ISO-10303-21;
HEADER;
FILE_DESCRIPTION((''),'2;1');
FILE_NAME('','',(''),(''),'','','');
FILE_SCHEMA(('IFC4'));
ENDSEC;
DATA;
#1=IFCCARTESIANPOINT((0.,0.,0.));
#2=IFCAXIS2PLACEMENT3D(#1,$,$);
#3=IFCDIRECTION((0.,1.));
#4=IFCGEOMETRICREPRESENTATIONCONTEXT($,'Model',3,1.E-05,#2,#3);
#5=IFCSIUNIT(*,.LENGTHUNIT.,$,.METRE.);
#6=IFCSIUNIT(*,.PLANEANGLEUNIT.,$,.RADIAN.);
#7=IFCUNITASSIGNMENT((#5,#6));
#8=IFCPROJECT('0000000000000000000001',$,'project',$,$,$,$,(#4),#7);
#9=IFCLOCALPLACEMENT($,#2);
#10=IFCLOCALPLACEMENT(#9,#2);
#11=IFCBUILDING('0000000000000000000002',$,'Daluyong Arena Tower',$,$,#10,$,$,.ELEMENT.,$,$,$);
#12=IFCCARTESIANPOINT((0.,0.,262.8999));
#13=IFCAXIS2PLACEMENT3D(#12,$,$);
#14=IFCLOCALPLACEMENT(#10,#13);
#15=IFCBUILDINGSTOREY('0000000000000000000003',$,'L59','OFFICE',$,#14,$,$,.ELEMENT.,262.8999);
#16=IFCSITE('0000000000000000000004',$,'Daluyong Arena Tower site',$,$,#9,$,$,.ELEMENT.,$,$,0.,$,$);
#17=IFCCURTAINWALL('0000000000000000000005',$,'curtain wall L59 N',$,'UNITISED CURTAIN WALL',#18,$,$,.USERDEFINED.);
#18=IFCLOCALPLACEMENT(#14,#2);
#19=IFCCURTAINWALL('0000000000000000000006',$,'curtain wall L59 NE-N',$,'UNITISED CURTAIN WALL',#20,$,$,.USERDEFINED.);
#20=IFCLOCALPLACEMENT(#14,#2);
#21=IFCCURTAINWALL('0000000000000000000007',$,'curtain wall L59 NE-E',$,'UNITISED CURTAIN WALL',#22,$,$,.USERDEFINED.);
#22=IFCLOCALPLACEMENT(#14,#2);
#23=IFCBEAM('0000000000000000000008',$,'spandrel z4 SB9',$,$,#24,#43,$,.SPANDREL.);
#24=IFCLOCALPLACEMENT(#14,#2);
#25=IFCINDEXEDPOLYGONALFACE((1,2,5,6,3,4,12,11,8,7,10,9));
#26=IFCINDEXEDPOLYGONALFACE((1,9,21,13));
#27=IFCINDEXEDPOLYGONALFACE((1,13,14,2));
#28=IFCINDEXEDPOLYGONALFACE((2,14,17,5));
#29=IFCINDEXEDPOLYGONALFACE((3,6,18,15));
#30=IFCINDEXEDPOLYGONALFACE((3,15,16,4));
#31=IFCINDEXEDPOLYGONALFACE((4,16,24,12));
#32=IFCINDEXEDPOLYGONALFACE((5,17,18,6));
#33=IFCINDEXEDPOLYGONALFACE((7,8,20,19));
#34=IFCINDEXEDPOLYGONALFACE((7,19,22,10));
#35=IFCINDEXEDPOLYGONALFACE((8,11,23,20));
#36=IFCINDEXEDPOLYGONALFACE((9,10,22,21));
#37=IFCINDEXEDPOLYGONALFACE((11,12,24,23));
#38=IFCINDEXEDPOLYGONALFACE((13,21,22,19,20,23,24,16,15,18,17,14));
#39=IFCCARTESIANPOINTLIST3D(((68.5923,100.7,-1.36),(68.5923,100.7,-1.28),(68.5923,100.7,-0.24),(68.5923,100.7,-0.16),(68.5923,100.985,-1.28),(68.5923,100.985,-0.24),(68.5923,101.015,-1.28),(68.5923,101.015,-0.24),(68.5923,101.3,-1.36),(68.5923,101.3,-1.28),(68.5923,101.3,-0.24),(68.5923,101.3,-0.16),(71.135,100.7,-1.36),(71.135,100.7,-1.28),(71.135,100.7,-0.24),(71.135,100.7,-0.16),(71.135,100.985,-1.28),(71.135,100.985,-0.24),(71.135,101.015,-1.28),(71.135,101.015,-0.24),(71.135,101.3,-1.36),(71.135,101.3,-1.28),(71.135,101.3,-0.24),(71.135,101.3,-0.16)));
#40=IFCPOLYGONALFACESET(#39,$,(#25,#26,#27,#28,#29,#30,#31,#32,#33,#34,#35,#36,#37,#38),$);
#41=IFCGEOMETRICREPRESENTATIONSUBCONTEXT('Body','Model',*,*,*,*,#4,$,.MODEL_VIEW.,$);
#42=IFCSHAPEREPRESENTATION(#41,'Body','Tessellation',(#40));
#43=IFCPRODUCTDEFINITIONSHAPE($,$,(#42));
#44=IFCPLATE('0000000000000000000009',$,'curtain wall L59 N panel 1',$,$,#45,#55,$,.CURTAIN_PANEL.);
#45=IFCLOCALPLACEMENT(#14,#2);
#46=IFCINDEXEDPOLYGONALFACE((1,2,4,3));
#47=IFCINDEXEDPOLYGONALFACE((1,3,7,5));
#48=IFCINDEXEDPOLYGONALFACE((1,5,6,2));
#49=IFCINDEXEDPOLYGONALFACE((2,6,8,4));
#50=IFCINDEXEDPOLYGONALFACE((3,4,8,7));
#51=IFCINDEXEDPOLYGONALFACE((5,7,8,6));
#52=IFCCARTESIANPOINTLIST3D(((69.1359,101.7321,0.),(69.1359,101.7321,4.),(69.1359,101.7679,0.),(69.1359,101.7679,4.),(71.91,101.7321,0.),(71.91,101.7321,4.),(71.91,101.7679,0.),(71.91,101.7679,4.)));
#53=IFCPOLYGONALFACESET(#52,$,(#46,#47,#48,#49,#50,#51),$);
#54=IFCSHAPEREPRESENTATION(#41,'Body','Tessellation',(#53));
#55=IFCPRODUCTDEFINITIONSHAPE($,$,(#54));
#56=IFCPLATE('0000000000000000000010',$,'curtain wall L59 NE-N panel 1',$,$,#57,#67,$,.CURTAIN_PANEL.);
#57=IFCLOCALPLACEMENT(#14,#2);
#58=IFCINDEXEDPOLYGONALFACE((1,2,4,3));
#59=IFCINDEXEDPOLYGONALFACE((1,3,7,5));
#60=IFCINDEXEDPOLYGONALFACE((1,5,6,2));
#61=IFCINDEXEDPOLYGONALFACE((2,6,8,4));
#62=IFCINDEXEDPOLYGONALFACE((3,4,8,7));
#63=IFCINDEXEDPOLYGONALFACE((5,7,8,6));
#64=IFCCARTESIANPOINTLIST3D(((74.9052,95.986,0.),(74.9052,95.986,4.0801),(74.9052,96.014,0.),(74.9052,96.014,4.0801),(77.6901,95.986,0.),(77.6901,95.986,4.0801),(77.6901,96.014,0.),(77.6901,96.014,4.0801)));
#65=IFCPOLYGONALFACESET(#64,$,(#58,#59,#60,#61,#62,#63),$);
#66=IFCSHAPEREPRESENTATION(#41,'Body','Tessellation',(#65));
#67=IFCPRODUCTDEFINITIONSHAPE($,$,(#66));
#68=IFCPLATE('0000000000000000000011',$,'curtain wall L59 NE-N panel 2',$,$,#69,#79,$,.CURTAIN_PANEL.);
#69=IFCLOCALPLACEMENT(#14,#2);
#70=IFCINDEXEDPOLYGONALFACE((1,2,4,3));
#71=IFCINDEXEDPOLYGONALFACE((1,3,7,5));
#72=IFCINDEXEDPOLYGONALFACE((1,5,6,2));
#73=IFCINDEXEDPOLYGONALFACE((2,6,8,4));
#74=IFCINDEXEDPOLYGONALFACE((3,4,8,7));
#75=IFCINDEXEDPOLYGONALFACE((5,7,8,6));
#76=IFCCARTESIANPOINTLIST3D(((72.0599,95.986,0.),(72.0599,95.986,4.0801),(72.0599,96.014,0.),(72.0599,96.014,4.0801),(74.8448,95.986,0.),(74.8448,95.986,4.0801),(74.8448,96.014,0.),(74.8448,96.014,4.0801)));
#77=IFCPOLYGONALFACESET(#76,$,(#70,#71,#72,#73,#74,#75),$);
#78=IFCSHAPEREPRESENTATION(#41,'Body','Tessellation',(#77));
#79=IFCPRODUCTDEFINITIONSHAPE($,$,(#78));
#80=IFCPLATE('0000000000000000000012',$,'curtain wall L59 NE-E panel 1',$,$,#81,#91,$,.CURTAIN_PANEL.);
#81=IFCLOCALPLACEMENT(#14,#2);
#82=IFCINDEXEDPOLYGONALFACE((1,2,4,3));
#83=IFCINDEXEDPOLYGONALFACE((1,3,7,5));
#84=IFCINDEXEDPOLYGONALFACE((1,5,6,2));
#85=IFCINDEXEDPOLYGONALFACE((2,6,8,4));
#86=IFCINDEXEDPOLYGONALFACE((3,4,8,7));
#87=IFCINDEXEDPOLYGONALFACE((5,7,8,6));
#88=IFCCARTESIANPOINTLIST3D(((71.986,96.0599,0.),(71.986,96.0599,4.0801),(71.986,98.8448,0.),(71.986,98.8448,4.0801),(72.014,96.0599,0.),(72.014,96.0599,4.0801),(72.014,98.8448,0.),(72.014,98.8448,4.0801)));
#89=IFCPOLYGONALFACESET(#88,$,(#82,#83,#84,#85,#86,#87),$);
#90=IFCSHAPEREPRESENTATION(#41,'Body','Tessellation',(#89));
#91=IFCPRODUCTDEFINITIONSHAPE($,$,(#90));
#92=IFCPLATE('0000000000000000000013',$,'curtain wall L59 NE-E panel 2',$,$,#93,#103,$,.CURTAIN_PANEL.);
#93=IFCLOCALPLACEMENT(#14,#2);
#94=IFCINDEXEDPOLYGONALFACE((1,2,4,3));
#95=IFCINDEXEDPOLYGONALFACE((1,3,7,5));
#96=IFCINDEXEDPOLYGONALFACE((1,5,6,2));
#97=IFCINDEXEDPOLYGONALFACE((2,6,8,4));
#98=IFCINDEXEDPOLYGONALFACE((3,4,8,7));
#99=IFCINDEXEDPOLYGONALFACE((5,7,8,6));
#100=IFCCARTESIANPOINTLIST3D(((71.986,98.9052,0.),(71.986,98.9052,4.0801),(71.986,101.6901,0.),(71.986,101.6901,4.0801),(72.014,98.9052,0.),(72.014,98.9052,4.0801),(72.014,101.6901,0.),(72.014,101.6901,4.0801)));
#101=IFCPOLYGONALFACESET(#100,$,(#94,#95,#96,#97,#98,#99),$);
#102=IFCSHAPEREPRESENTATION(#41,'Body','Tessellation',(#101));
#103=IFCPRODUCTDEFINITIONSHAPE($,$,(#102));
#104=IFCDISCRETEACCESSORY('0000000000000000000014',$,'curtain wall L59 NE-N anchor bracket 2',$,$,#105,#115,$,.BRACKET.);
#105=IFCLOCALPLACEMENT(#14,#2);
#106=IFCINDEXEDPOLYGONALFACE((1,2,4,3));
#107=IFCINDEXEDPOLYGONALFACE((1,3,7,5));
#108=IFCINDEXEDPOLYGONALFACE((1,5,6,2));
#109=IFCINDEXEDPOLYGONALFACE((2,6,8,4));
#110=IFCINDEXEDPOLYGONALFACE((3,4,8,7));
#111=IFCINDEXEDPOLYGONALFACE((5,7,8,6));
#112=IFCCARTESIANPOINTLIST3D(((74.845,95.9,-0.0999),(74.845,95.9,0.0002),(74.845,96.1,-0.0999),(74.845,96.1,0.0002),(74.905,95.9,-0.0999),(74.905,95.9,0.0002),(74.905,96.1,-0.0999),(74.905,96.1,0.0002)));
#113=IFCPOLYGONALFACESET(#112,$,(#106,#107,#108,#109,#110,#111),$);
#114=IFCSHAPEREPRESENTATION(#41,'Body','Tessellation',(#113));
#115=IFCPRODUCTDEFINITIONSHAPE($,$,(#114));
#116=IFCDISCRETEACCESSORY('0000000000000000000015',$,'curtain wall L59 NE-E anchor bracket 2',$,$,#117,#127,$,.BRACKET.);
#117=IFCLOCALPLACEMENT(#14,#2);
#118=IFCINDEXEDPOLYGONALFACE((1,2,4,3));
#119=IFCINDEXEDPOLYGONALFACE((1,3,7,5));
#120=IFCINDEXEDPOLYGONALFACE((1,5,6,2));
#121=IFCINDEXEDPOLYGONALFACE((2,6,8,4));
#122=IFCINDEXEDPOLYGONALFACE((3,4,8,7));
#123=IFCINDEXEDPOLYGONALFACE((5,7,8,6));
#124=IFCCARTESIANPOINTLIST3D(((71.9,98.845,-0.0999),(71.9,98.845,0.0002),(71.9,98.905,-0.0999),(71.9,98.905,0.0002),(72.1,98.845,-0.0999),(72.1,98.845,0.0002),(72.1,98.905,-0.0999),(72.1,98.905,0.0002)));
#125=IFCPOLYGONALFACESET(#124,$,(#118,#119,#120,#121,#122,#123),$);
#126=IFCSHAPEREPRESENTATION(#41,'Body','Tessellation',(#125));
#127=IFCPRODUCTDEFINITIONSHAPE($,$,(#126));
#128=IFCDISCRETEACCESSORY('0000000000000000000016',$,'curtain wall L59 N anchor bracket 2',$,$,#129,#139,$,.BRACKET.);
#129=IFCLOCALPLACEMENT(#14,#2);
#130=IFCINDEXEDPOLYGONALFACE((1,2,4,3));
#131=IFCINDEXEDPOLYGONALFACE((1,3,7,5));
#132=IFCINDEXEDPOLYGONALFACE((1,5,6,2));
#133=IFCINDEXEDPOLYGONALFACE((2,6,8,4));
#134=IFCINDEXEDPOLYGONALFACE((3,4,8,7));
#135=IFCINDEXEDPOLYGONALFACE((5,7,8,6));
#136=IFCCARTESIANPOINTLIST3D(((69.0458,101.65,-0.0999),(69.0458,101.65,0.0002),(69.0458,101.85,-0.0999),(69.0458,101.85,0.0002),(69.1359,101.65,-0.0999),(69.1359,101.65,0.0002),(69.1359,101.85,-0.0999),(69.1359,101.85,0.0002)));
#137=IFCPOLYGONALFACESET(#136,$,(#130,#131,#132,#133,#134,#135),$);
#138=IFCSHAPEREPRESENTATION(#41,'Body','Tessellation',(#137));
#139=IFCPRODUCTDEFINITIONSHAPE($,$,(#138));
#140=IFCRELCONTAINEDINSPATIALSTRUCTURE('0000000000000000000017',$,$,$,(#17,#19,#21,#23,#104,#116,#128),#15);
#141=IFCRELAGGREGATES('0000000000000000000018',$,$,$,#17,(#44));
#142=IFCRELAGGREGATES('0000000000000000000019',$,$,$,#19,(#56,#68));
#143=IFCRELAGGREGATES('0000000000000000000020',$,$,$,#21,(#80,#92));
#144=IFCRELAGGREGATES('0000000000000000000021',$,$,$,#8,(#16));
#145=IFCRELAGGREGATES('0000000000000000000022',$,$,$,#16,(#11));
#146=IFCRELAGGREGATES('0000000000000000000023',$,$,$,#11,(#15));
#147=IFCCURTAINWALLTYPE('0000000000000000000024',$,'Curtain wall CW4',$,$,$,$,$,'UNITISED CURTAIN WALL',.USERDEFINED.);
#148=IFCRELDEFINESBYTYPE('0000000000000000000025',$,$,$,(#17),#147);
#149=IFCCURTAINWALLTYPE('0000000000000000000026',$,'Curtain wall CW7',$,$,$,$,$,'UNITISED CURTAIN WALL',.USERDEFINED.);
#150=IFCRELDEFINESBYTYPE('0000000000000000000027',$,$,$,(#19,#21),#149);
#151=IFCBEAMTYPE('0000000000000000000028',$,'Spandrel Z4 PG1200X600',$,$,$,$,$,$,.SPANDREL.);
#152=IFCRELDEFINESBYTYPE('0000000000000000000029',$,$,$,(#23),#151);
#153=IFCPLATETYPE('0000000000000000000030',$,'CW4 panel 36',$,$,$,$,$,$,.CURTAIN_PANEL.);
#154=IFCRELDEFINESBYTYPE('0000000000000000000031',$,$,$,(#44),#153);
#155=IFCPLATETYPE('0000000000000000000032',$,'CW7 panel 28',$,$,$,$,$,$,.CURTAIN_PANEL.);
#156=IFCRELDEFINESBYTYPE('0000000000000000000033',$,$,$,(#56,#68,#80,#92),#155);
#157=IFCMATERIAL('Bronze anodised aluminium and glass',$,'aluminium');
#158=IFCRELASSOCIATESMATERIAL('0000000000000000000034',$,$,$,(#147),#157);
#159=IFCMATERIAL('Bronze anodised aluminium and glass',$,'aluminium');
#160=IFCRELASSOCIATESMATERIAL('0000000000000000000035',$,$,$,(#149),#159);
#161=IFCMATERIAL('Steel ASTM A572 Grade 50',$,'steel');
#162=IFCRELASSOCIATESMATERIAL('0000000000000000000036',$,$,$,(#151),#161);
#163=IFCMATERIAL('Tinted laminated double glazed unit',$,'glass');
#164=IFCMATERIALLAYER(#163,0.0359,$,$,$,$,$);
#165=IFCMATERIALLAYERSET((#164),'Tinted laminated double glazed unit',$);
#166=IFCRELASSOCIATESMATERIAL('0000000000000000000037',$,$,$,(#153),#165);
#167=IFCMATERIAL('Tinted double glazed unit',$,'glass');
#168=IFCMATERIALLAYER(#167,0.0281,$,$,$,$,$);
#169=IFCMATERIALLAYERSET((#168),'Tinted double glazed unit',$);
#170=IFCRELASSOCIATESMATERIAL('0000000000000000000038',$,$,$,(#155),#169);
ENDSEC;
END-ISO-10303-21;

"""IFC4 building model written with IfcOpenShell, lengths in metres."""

from ifc_helpers import new_model, si_unit, direction, frame, origin, origin_2d, place, context, subcontext, project, spatial, rectangle, i_section, extrude, material, layer, layer_set, material_profile, profile_set, type_object, element, aggregate, save


model = new_model("IFC4")

# Units and contexts
model_context = context("Model", 3, precision=1e-05, world=origin(), true_north=direction((0.0, 1.0)))
body_context = subcontext(model_context, "Body", "Model", "MODEL_VIEW")
ifc_project = project(units=[si_unit("LENGTHUNIT", "METRE"), si_unit("PLANEANGLEUNIT", "RADIAN")], contexts=[model_context])

# Site, building, storey
site_placement = place(None, origin())
site = spatial("IfcSite", under=ifc_project, at=site_placement, Name="Daluyong Arena Tower site", CompositionType="ELEMENT", RefElevation=0.0)
building_placement = place(site_placement, origin())
building = spatial("IfcBuilding", under=site, at=building_placement, Name="Daluyong Arena Tower", CompositionType="ELEMENT")
storey_placement = place(building_placement, frame((0.0, 0.0, 262.8999)))
storey = spatial("IfcBuildingStorey", under=building, at=storey_placement, Name="L59", Description="OFFICE", CompositionType="ELEMENT", Elevation=262.8999)

# Shared definitions
ifc_material_1 = material(Name="Bronze anodised aluminium and glass", Category="aluminium")
curtain_wall_type_1 = type_object("IfcCurtainWallType", Name="Curtain wall CW4", ElementType="UNITISED CURTAIN WALL", PredefinedType="USERDEFINED", material=ifc_material_1)

# Curtain walls
curtain_wall_1_placement = place(storey_placement, origin())
curtain_wall_1 = element("IfcCurtainWall", 1, at=curtain_wall_1_placement, inside=storey, type_object=curtain_wall_type_1, Name="curtain wall L59 N", ObjectType="UNITISED CURTAIN WALL", PredefinedType="USERDEFINED")
ifc_material_2 = material(Name="Bronze anodised aluminium and glass", Category="aluminium")
curtain_wall_type_2 = type_object("IfcCurtainWallType", Name="Curtain wall CW7", ElementType="UNITISED CURTAIN WALL", PredefinedType="USERDEFINED", material=ifc_material_2)
curtain_wall_2_placement = place(storey_placement, origin())
curtain_wall_2 = element("IfcCurtainWall", 2, at=curtain_wall_2_placement, inside=storey, type_object=curtain_wall_type_2, Name="curtain wall L59 NE-N", ObjectType="UNITISED CURTAIN WALL", PredefinedType="USERDEFINED")
curtain_wall_3_placement = place(storey_placement, origin())
curtain_wall_3 = element("IfcCurtainWall", 3, at=curtain_wall_3_placement, inside=storey, type_object=curtain_wall_type_2, Name="curtain wall L59 NE-E", ObjectType="UNITISED CURTAIN WALL", PredefinedType="USERDEFINED")

# Beam
ifc_material_3 = material(Name="Steel ASTM A572 Grade 50", Category="steel")
ifc_material_profile_1 = material_profile(ifc_material_3, i_section(OverallWidth=0.6001, OverallDepth=1.2, WebThickness=0.03, FlangeThickness=0.08, at=origin_2d()))
ifc_profile_set_1 = profile_set([ifc_material_profile_1], Name="Steel ASTM A572 Grade 50")
beam_type = type_object("IfcBeamType", Name="Spandrel Z4 PG1200X600", PredefinedType="SPANDREL", material=ifc_profile_set_1)
beam_placement = place(storey_placement, frame((71.135, 101.0, -0.76), z_axis=(-1.0, 0.0, 0.0), x_axis=(0.0, -1.0, 0.0)))
element("IfcBeam", 4, at=beam_placement, inside=storey, type_object=beam_type, Name="spandrel z4 SB9", PredefinedType="SPANDREL", context=body_context, shape_type="SweptSolid", body=[
    extrude(i_section(OverallWidth=0.6001, OverallDepth=1.2, WebThickness=0.03, FlangeThickness=0.08, at=origin_2d()), origin(), (0.0, 0.0, 1.0), 2.5427),
])

# Plates
ifc_material_4 = material(Name="Tinted laminated double glazed unit", Category="glass")
ifc_layer_1 = layer(ifc_material_4, 0.0359)
ifc_layer_set_1 = layer_set([ifc_layer_1], Name="Tinted laminated double glazed unit")
plate_type_1 = type_object("IfcPlateType", Name="CW4 panel 36", PredefinedType="CURTAIN_PANEL", material=ifc_layer_set_1)
plate_1_placement = place(storey_placement, frame((70.5229, 101.75, 0.0), z_axis=(0.0, 0.0, 1.0), x_axis=(-1.0, 0.0, 0.0)))
plate_1 = element("IfcPlate", 5, at=plate_1_placement, type_object=plate_type_1, Name="curtain wall L59 N panel 1", PredefinedType="CURTAIN_PANEL", context=body_context, shape_type="SweptSolid", body=[
    extrude(rectangle(XDim=2.7742, YDim=0.0359, at=origin_2d()), origin(), (0.0, 0.0, 1.0), 4.0),
])
aggregate(curtain_wall_1, [plate_1])
ifc_material_5 = material(Name="Tinted double glazed unit", Category="glass")
ifc_layer_2 = layer(ifc_material_5, 0.0281)
ifc_layer_set_2 = layer_set([ifc_layer_2], Name="Tinted double glazed unit")
plate_type_2 = type_object("IfcPlateType", Name="CW7 panel 28", PredefinedType="CURTAIN_PANEL", material=ifc_layer_set_2)
plate_2_placement = place(storey_placement, frame((76.2976, 96.0, 0.0), z_axis=(0.0, 0.0, 1.0), x_axis=(-1.0, 0.0, 0.0)))
plate_2 = element("IfcPlate", 6, at=plate_2_placement, type_object=plate_type_2, Name="curtain wall L59 NE-N panel 1", PredefinedType="CURTAIN_PANEL", context=body_context, shape_type="SweptSolid", body=[
    extrude(rectangle(XDim=2.7849, YDim=0.0281, at=origin_2d()), origin(), (0.0, 0.0, 1.0), 4.0801),
])
plate_3_placement = place(storey_placement, frame((73.4524, 96.0, 0.0), z_axis=(0.0, 0.0, 1.0), x_axis=(-1.0, 0.0, 0.0)))
plate_3 = element("IfcPlate", 7, at=plate_3_placement, type_object=plate_type_2, Name="curtain wall L59 NE-N panel 2", PredefinedType="CURTAIN_PANEL", context=body_context, shape_type="SweptSolid", body=[
    extrude(rectangle(XDim=2.7849, YDim=0.0281, at=origin_2d()), origin(), (0.0, 0.0, 1.0), 4.0801),
])
aggregate(curtain_wall_2, [plate_2, plate_3])
plate_4_placement = place(storey_placement, frame((72.0, 97.4524, 0.0), z_axis=(0.0, 0.0, 1.0), x_axis=(0.0, 1.0, 0.0)))
plate_4 = element("IfcPlate", 8, at=plate_4_placement, type_object=plate_type_2, Name="curtain wall L59 NE-E panel 1", PredefinedType="CURTAIN_PANEL", context=body_context, shape_type="SweptSolid", body=[
    extrude(rectangle(XDim=2.7849, YDim=0.0281, at=origin_2d()), origin(), (0.0, 0.0, 1.0), 4.0801),
])
plate_5_placement = place(storey_placement, frame((72.0, 100.2976, 0.0), z_axis=(0.0, 0.0, 1.0), x_axis=(0.0, 1.0, 0.0)))
plate_5 = element("IfcPlate", 9, at=plate_5_placement, type_object=plate_type_2, Name="curtain wall L59 NE-E panel 2", PredefinedType="CURTAIN_PANEL", context=body_context, shape_type="SweptSolid", body=[
    extrude(rectangle(XDim=2.7849, YDim=0.0281, at=origin_2d()), origin(), (0.0, 0.0, 1.0), 4.0801),
])
aggregate(curtain_wall_3, [plate_4, plate_5])

# Discrete accessories
for number, where, z_axis, x_axis, name in (
    (10, (74.875, 96.0, -0.0999), (0.0, 0.0, 1.0), (-1.0, 0.0, 0.0), "curtain wall L59 NE-N anchor bracket 2"),
    (11, (72.0, 98.875, -0.0999), (0.0, 0.0, 1.0), (0.0, 1.0, 0.0), "curtain wall L59 NE-E anchor bracket 2"),
):
    element("IfcDiscreteAccessory", number, at=place(storey_placement, frame(where, z_axis=z_axis, x_axis=x_axis)), inside=storey, Name=name, PredefinedType="BRACKET", context=body_context, shape_type="SweptSolid", body=[
        extrude(rectangle(XDim=0.0601, YDim=0.2, at=origin_2d()), origin(), (0.0, 0.0, 1.0), 0.1001),
    ])
discrete_accessory_placement = place(storey_placement, frame((69.0908, 101.75, -0.0999), z_axis=(0.0, 0.0, 1.0), x_axis=(-1.0, 0.0, 0.0)))
element("IfcDiscreteAccessory", 12, at=discrete_accessory_placement, inside=storey, Name="curtain wall L59 N anchor bracket 2", PredefinedType="BRACKET", context=body_context, shape_type="SweptSolid", body=[
    extrude(rectangle(XDim=0.0901, YDim=0.2, at=origin_2d()), origin(), (0.0, 0.0, 1.0), 0.1001),
])

save(model, "model.ifc")
